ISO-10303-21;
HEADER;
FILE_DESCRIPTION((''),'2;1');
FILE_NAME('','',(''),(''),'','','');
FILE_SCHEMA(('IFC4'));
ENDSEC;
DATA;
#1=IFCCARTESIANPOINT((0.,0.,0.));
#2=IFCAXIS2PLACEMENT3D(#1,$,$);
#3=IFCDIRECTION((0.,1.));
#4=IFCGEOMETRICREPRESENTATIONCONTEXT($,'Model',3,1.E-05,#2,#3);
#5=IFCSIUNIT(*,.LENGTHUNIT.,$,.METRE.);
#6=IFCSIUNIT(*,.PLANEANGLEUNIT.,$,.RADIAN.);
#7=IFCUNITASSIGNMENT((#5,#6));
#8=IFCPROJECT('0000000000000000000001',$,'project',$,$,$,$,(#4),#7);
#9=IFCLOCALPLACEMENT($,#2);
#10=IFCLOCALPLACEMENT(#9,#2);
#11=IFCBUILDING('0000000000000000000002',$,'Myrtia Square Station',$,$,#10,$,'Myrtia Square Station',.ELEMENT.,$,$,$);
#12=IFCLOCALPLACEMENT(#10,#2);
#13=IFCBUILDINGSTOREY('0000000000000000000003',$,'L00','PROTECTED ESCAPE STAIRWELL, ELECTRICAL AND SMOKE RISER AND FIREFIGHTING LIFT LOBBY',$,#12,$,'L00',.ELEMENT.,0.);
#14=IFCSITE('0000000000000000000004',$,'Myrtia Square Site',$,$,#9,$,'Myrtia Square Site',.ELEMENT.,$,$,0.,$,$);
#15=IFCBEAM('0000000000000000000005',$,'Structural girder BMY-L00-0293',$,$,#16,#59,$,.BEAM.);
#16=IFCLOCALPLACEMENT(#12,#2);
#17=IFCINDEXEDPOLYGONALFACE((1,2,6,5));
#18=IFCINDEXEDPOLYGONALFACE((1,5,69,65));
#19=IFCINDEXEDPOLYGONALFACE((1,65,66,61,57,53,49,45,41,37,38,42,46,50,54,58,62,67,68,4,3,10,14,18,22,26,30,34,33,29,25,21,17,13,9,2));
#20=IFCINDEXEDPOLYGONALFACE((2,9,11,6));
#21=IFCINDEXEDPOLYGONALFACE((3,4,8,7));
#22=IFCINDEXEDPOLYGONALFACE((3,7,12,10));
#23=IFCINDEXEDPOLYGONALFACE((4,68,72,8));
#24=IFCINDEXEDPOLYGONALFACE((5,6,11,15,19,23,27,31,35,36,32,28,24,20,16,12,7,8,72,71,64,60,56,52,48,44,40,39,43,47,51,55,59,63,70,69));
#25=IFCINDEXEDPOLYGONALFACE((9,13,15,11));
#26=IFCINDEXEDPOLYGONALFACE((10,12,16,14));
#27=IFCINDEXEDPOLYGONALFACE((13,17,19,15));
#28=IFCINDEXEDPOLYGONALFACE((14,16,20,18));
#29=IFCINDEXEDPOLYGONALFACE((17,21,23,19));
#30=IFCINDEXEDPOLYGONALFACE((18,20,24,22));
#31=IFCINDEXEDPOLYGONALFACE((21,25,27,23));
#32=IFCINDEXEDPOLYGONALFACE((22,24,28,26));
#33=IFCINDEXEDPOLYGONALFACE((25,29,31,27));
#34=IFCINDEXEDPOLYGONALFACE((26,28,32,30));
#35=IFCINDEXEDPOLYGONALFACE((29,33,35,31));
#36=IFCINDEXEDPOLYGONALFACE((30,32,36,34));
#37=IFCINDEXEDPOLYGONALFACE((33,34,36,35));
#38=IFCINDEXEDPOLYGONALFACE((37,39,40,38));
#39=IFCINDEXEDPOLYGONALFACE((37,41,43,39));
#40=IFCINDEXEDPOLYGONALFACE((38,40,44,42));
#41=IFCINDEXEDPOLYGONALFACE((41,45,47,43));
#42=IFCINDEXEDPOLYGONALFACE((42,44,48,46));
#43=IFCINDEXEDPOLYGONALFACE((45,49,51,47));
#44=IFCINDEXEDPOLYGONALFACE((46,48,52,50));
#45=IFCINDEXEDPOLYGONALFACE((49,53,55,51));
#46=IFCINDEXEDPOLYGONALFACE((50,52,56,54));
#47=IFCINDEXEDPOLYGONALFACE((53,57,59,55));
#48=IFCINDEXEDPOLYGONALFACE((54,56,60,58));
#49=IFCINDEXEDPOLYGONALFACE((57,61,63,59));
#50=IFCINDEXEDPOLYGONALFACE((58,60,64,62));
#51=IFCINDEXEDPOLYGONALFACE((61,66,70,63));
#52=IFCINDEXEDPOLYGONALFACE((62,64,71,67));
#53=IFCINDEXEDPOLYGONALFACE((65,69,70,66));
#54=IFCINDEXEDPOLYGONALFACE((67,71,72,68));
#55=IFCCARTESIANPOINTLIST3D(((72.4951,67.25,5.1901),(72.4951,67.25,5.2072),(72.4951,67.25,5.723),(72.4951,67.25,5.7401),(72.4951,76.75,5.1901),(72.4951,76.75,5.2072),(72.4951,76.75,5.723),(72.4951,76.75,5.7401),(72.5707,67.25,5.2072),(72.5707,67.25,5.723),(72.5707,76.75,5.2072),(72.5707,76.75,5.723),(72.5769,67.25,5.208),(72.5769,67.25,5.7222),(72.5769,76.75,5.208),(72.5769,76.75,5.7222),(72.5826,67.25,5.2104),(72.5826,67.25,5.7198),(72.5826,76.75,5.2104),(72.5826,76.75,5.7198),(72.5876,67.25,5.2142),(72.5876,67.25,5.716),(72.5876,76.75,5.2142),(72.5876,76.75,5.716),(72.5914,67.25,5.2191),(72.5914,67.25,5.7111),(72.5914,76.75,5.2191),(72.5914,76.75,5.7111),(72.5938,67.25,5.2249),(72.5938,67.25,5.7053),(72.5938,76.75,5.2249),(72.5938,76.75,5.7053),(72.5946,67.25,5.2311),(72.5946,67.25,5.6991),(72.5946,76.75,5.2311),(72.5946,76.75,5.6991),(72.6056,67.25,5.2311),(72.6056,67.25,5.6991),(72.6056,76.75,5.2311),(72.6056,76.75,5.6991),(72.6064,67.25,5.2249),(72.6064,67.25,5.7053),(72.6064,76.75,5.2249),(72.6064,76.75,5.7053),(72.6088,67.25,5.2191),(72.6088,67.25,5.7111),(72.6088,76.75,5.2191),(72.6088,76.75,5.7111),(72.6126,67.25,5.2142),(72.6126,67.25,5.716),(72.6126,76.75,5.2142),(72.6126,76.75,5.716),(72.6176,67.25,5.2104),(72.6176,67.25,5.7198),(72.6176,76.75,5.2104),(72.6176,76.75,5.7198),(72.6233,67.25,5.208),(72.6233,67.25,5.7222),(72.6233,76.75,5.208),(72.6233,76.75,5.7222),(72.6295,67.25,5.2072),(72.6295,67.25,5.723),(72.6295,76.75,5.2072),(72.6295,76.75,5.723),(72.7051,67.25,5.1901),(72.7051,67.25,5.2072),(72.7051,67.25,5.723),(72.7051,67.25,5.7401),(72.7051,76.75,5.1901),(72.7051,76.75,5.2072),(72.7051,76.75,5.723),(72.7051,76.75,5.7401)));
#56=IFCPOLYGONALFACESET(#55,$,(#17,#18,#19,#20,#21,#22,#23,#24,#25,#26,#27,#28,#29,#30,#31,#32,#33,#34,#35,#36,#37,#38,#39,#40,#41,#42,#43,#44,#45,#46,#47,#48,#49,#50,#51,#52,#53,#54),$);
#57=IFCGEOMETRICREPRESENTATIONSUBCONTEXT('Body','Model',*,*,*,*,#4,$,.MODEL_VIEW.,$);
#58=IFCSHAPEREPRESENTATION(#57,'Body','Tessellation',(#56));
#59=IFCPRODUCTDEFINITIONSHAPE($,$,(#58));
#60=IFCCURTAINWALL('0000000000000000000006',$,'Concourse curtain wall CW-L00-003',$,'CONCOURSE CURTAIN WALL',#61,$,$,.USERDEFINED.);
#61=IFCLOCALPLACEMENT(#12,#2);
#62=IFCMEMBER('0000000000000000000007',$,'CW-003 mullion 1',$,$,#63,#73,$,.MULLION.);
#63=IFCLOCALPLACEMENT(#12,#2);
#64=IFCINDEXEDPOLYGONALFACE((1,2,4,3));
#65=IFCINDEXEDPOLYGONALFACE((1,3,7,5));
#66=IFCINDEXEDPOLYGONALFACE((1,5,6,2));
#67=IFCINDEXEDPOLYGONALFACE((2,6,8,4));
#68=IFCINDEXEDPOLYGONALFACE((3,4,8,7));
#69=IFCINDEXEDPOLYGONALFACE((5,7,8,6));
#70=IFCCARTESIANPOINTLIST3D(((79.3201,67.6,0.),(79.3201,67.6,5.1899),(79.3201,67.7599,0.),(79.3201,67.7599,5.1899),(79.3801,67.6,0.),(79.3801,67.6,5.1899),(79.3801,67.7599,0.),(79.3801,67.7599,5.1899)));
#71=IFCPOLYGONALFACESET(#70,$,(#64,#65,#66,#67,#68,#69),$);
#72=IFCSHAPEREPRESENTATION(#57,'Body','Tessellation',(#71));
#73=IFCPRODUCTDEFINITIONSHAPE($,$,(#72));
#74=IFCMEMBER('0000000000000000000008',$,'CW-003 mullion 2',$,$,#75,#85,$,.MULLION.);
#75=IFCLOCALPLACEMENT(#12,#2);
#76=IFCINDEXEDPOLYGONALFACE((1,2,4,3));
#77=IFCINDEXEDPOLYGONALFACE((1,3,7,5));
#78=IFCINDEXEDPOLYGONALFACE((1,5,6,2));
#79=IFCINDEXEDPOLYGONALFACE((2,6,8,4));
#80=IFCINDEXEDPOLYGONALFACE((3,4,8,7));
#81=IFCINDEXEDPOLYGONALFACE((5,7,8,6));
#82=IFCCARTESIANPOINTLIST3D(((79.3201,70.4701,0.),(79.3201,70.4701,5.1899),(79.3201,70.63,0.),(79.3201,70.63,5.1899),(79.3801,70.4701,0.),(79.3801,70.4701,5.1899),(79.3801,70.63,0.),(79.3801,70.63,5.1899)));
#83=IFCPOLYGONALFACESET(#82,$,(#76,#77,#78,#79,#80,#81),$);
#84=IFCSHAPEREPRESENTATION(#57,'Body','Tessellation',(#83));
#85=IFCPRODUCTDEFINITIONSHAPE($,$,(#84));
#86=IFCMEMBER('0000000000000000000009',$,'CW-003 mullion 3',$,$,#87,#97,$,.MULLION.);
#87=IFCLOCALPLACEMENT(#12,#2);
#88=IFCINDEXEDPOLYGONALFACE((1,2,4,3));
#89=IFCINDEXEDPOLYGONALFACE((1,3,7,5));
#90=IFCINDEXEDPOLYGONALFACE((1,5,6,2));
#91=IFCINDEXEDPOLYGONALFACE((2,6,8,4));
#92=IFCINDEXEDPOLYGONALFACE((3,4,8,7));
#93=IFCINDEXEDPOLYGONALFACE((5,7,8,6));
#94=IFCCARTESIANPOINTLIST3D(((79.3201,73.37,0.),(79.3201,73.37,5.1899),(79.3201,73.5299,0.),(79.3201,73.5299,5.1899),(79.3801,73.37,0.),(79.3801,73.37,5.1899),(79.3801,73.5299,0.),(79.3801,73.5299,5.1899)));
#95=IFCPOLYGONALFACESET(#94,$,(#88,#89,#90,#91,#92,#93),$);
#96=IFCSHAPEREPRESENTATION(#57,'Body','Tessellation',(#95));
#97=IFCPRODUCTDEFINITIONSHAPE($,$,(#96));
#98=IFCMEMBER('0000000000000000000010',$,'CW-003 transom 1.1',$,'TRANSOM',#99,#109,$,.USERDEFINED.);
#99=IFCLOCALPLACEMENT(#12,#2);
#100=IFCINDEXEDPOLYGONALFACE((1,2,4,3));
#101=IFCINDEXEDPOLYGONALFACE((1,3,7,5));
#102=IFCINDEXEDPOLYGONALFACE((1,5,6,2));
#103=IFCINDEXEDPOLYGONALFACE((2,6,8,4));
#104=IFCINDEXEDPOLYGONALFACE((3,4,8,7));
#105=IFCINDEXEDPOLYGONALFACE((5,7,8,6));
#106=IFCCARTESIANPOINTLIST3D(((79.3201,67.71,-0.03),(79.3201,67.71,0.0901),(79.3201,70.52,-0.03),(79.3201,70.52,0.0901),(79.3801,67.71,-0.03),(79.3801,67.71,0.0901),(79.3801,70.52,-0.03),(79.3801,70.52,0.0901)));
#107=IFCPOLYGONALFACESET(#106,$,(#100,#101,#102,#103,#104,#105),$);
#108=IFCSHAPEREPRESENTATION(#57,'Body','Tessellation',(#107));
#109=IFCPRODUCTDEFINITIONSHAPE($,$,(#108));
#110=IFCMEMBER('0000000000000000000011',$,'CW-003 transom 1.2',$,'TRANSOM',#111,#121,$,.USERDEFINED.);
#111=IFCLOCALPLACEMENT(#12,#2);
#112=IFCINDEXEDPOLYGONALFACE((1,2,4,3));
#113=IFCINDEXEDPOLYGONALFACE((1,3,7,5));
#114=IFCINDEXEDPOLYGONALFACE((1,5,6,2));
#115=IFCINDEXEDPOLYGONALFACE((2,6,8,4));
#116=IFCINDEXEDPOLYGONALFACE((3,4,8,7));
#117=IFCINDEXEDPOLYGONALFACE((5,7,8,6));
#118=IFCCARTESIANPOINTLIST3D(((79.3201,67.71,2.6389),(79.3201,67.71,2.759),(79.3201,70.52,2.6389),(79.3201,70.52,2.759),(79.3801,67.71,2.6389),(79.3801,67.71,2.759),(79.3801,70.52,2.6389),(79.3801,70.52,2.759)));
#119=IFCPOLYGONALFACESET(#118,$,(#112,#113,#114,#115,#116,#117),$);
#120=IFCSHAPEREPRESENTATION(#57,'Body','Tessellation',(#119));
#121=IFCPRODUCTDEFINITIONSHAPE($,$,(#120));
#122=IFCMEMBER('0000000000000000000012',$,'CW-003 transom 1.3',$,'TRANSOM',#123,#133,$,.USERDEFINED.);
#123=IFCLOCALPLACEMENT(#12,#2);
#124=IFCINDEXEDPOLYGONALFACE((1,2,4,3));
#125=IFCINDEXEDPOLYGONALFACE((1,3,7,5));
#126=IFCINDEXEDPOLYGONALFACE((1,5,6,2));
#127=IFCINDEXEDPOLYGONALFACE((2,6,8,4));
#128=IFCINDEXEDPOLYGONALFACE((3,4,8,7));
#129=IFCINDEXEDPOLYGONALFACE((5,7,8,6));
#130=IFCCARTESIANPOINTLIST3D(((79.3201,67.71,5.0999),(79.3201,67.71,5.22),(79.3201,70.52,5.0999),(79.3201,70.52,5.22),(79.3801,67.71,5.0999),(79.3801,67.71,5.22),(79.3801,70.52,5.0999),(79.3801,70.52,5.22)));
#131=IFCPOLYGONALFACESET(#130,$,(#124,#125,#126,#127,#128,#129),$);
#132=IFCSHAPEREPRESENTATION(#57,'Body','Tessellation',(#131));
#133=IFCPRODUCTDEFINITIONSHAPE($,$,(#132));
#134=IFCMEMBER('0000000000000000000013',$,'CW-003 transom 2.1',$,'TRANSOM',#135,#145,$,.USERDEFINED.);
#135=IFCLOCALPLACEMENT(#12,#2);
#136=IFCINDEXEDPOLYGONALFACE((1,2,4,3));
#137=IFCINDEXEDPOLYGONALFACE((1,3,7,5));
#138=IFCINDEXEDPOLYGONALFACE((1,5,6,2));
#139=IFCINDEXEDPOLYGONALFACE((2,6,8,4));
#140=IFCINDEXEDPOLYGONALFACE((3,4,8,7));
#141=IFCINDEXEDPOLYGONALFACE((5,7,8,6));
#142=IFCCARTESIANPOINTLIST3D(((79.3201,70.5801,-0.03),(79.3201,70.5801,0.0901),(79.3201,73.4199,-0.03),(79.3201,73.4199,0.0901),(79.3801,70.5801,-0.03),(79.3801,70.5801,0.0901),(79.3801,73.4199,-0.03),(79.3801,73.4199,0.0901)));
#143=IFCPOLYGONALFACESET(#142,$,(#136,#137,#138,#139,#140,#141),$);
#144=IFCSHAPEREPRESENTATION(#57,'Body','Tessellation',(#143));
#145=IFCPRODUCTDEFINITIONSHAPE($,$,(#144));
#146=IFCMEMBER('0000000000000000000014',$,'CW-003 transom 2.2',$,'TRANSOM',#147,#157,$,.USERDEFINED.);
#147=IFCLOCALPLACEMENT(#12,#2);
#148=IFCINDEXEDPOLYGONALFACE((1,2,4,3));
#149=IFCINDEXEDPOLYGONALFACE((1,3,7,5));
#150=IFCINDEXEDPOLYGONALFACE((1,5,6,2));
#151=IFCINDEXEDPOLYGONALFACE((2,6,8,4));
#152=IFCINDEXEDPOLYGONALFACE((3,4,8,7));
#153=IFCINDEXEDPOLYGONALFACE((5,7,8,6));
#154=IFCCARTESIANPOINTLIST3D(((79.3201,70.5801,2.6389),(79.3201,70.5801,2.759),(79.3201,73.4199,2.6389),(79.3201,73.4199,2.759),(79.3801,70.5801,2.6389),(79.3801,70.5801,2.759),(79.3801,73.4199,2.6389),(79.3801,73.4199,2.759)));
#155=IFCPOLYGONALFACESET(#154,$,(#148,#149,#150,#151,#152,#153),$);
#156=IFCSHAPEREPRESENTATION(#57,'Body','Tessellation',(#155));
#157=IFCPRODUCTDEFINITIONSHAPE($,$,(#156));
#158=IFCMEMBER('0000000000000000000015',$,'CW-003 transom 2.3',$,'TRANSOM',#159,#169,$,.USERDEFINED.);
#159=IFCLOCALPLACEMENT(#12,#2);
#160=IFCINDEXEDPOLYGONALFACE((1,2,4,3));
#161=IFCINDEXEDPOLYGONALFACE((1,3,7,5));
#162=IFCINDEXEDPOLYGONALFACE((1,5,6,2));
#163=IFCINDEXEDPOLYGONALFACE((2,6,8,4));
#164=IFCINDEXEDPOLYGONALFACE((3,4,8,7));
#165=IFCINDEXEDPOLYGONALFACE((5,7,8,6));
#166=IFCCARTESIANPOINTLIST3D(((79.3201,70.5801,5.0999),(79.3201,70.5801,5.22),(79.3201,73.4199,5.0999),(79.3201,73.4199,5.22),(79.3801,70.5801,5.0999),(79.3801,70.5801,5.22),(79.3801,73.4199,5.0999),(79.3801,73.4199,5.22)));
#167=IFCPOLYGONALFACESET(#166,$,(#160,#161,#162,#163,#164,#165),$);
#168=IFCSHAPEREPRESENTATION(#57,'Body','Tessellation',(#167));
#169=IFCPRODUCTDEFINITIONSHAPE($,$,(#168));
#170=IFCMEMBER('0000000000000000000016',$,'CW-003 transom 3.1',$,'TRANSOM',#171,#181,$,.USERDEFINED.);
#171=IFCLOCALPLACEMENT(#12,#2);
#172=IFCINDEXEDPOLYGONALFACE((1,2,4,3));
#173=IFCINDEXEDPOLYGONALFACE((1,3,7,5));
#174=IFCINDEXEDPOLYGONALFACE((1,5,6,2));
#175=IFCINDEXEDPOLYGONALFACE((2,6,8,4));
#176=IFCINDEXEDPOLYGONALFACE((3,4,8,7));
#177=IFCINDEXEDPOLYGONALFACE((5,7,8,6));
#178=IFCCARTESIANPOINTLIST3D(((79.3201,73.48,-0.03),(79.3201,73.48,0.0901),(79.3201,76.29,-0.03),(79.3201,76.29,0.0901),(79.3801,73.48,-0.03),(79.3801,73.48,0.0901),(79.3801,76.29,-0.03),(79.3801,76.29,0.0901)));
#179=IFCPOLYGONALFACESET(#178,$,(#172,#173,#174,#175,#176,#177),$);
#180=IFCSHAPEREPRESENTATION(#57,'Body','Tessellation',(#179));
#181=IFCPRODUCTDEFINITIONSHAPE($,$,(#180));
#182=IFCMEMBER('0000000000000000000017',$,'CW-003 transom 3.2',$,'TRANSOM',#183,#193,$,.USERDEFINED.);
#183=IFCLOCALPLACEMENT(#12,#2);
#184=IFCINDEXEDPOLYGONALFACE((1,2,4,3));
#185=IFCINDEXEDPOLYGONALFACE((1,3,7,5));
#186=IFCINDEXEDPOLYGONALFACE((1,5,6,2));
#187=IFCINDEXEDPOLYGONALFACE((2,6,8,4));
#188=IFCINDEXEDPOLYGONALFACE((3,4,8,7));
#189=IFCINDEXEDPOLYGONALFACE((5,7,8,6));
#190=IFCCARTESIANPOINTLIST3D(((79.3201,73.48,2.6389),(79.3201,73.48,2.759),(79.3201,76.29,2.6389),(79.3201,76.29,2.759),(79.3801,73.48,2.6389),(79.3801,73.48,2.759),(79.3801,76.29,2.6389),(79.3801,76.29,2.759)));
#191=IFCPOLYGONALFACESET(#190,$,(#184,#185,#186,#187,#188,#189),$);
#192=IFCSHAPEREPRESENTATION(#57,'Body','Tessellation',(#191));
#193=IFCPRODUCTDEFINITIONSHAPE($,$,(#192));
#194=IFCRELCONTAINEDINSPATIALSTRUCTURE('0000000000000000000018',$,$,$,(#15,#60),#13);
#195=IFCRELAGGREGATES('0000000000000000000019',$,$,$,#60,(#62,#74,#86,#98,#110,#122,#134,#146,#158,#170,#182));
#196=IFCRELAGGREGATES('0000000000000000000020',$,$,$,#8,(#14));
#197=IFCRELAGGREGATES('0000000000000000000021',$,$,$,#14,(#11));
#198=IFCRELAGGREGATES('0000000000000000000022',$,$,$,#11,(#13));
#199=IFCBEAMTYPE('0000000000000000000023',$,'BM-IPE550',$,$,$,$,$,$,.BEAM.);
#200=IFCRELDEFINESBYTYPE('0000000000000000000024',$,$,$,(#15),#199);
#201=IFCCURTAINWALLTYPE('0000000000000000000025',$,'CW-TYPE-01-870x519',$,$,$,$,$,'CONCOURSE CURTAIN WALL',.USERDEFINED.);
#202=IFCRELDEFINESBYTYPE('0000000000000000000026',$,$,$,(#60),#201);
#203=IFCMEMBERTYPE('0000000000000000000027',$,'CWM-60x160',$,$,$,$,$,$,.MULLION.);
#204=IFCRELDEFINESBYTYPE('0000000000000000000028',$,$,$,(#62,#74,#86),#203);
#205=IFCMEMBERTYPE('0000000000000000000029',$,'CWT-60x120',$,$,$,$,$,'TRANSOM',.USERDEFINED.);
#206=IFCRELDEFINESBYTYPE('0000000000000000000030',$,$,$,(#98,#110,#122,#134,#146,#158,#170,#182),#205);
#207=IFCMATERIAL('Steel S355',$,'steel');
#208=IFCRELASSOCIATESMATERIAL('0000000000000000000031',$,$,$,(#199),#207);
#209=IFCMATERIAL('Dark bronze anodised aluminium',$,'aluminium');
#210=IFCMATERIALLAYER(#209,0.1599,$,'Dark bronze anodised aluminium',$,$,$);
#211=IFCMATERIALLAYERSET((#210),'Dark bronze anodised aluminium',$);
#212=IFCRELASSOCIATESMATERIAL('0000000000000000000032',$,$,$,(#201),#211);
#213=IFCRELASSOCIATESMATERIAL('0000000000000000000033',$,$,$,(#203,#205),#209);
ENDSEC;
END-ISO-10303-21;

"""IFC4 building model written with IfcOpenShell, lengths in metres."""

from ifc_helpers import new_model, si_unit, direction, frame, origin, origin_2d, place, context, subcontext, project, spatial, rectangle, i_section, extrude, material, layer, layer_set, material_profile, profile_set, type_object, element, aggregate, save


model = new_model("IFC4")

# Units and contexts
model_context = context("Model", 3, precision=1e-05, world=origin(), true_north=direction((0.0, 1.0)))
body_context = subcontext(model_context, "Body", "Model", "MODEL_VIEW")
ifc_project = project(units=[si_unit("LENGTHUNIT", "METRE"), si_unit("PLANEANGLEUNIT", "RADIAN")], contexts=[model_context])

# Site, building, storey
site_placement = place(None, origin())
site = spatial("IfcSite", under=ifc_project, at=site_placement, Name="Myrtia Square Site", LongName="Myrtia Square Site", CompositionType="ELEMENT", RefElevation=0.0)
building_placement = place(site_placement, origin())
building = spatial("IfcBuilding", under=site, at=building_placement, Name="Myrtia Square Station", LongName="Myrtia Square Station", CompositionType="ELEMENT")
storey_placement = place(building_placement, origin())
storey = spatial("IfcBuildingStorey", under=building, at=storey_placement, Name="L00", Description="PROTECTED ESCAPE STAIRWELL, ELECTRICAL AND SMOKE RISER AND FIREFIGHTING LIFT LOBBY", LongName="L00", CompositionType="ELEMENT", Elevation=0.0)

# Shared definitions
ifc_material_1 = material(Name="Steel S355", Category="steel")

# Beam
ifc_material_profile_1 = material_profile(ifc_material_1, i_section(OverallWidth=0.21, OverallDepth=0.55, WebThickness=0.011, FlangeThickness=0.0171, FilletRadius=0.0239, at=origin_2d()), Name="IPE 550")
ifc_profile_set_1 = profile_set([ifc_material_profile_1], Name="Steel S355")
beam_type_1 = type_object("IfcBeamType", Name="BM-IPE550", PredefinedType="BEAM", material=ifc_profile_set_1)
beam_1_placement = place(storey_placement, frame((72.6001, 67.25, 5.4651), z_axis=(0.0, 1.0, 0.0), x_axis=(-1.0, 0.0, 0.0)))
element("IfcBeam", 1, at=beam_1_placement, inside=storey, type_object=beam_type_1, Name="Structural girder BMY-L00-0293", PredefinedType="BEAM", context=body_context, shape_type="SweptSolid", body=[
    extrude(i_section(OverallWidth=0.21, OverallDepth=0.55, WebThickness=0.011, FlangeThickness=0.0171, FilletRadius=0.0239, at=origin_2d()), origin(), (0.0, 0.0, 1.0), 9.5),
])

# Curtain wall, members
ifc_material_2 = material(Name="Dark bronze anodised aluminium", Category="aluminium")
ifc_layer_1 = layer(ifc_material_2, 0.1599, Name="Dark bronze anodised aluminium")
ifc_layer_set_1 = layer_set([ifc_layer_1], Name="Dark bronze anodised aluminium")
curtain_wall_type = type_object("IfcCurtainWallType", Name="CW-TYPE-01-870x519", ElementType="CONCOURSE CURTAIN WALL", PredefinedType="USERDEFINED", material=ifc_layer_set_1)
curtain_wall_placement = place(storey_placement, origin())
curtain_wall = element("IfcCurtainWall", 2, at=curtain_wall_placement, inside=storey, type_object=curtain_wall_type, Name="Concourse curtain wall CW-L00-003", ObjectType="CONCOURSE CURTAIN WALL", PredefinedType="USERDEFINED")
ifc_material_profile_2 = material_profile(ifc_material_2, rectangle(XDim=0.0601, YDim=0.1599, at=origin_2d()), Name="ALU-M 60x160")
ifc_profile_set_2 = profile_set([ifc_material_profile_2], Name="Dark bronze anodised aluminium")
member_type_1 = type_object("IfcMemberType", Name="CWM-60x160", PredefinedType="MULLION", material=ifc_profile_set_2)
member_1_placement = place(storey_placement, frame((79.3501, 67.6799, 0.0), z_axis=(0.0, 0.0, 1.0), x_axis=(-1.0, 0.0, 0.0)))
member_1 = element("IfcMember", 3, at=member_1_placement, type_object=member_type_1, Name="CW-003 mullion 1", PredefinedType="MULLION", context=body_context, shape_type="SweptSolid", body=[
    extrude(rectangle(XDim=0.0601, YDim=0.1599, at=origin_2d()), origin(), (0.0, 0.0, 1.0), 5.1899),
])
member_2_placement = place(storey_placement, frame((79.3501, 70.55, 0.0), z_axis=(0.0, 0.0, 1.0), x_axis=(-1.0, 0.0, 0.0)))
member_2 = element("IfcMember", 4, at=member_2_placement, type_object=member_type_1, Name="CW-003 mullion 2", PredefinedType="MULLION", context=body_context, shape_type="SweptSolid", body=[
    extrude(rectangle(XDim=0.0601, YDim=0.1599, at=origin_2d()), origin(), (0.0, 0.0, 1.0), 5.1899),
])
member_3_placement = place(storey_placement, frame((79.3501, 73.45, 0.0), z_axis=(0.0, 0.0, 1.0), x_axis=(-1.0, 0.0, 0.0)))
member_3 = element("IfcMember", 5, at=member_3_placement, type_object=member_type_1, Name="CW-003 mullion 3", PredefinedType="MULLION", context=body_context, shape_type="SweptSolid", body=[
    extrude(rectangle(XDim=0.0601, YDim=0.1599, at=origin_2d()), origin(), (0.0, 0.0, 1.0), 5.1899),
])
ifc_material_profile_3 = material_profile(ifc_material_2, rectangle(XDim=0.0601, YDim=0.1201, at=origin_2d()), Name="ALU-T 60x120")
ifc_profile_set_3 = profile_set([ifc_material_profile_3], Name="Dark bronze anodised aluminium")
member_type_2 = type_object("IfcMemberType", Name="CWT-60x120", ElementType="TRANSOM", PredefinedType="USERDEFINED", material=ifc_profile_set_3)
member_4_placement = place(storey_placement, frame((79.3501, 67.71, 0.03), z_axis=(0.0, 1.0, 0.0), x_axis=(-1.0, 0.0, 0.0)))
member_4 = element("IfcMember", 6, at=member_4_placement, type_object=member_type_2, Name="CW-003 transom 1.1", ObjectType="TRANSOM", PredefinedType="USERDEFINED", context=body_context, shape_type="SweptSolid", body=[
    extrude(rectangle(XDim=0.0601, YDim=0.1201, at=origin_2d()), origin(), (0.0, 0.0, 1.0), 2.8101),
])
member_5_placement = place(storey_placement, frame((79.3501, 67.71, 2.699), z_axis=(0.0, 1.0, 0.0), x_axis=(-1.0, 0.0, 0.0)))
member_5 = element("IfcMember", 7, at=member_5_placement, type_object=member_type_2, Name="CW-003 transom 1.2", ObjectType="TRANSOM", PredefinedType="USERDEFINED", context=body_context, shape_type="SweptSolid", body=[
    extrude(rectangle(XDim=0.0601, YDim=0.1201, at=origin_2d()), origin(), (0.0, 0.0, 1.0), 2.8101),
])
member_6_placement = place(storey_placement, frame((79.3501, 67.71, 5.1599), z_axis=(0.0, 1.0, 0.0), x_axis=(-1.0, 0.0, 0.0)))
member_6 = element("IfcMember", 8, at=member_6_placement, type_object=member_type_2, Name="CW-003 transom 1.3", ObjectType="TRANSOM", PredefinedType="USERDEFINED", context=body_context, shape_type="SweptSolid", body=[
    extrude(rectangle(XDim=0.0601, YDim=0.1201, at=origin_2d()), origin(), (0.0, 0.0, 1.0), 2.8101),
])
member_7_placement = place(storey_placement, frame((79.3501, 70.5801, 0.03), z_axis=(0.0, 1.0, 0.0), x_axis=(-1.0, 0.0, 0.0)))
member_7 = element("IfcMember", 9, at=member_7_placement, type_object=member_type_2, Name="CW-003 transom 2.1", ObjectType="TRANSOM", PredefinedType="USERDEFINED", context=body_context, shape_type="SweptSolid", body=[
    extrude(rectangle(XDim=0.0601, YDim=0.1201, at=origin_2d()), origin(), (0.0, 0.0, 1.0), 2.8398),
])
member_8_placement = place(storey_placement, frame((79.3501, 70.5801, 2.699), z_axis=(0.0, 1.0, 0.0), x_axis=(-1.0, 0.0, 0.0)))
member_8 = element("IfcMember", 10, at=member_8_placement, type_object=member_type_2, Name="CW-003 transom 2.2", ObjectType="TRANSOM", PredefinedType="USERDEFINED", context=body_context, shape_type="SweptSolid", body=[
    extrude(rectangle(XDim=0.0601, YDim=0.1201, at=origin_2d()), origin(), (0.0, 0.0, 1.0), 2.8398),
])
member_9_placement = place(storey_placement, frame((79.3501, 70.5801, 5.1599), z_axis=(0.0, 1.0, 0.0), x_axis=(-1.0, 0.0, 0.0)))
member_9 = element("IfcMember", 11, at=member_9_placement, type_object=member_type_2, Name="CW-003 transom 2.3", ObjectType="TRANSOM", PredefinedType="USERDEFINED", context=body_context, shape_type="SweptSolid", body=[
    extrude(rectangle(XDim=0.0601, YDim=0.1201, at=origin_2d()), origin(), (0.0, 0.0, 1.0), 2.8398),
])
member_10_placement = place(storey_placement, frame((79.3501, 73.48, 0.03), z_axis=(0.0, 1.0, 0.0), x_axis=(-1.0, 0.0, 0.0)))
member_10 = element("IfcMember", 12, at=member_10_placement, type_object=member_type_2, Name="CW-003 transom 3.1", ObjectType="TRANSOM", PredefinedType="USERDEFINED", context=body_context, shape_type="SweptSolid", body=[
    extrude(rectangle(XDim=0.0601, YDim=0.1201, at=origin_2d()), origin(), (0.0, 0.0, 1.0), 2.8101),
])
member_11_placement = place(storey_placement, frame((79.3501, 73.48, 2.699), z_axis=(0.0, 1.0, 0.0), x_axis=(-1.0, 0.0, 0.0)))
member_11 = element("IfcMember", 13, at=member_11_placement, type_object=member_type_2, Name="CW-003 transom 3.2", ObjectType="TRANSOM", PredefinedType="USERDEFINED", context=body_context, shape_type="SweptSolid", body=[
    extrude(rectangle(XDim=0.0601, YDim=0.1201, at=origin_2d()), origin(), (0.0, 0.0, 1.0), 2.8101),
])

aggregate(curtain_wall, [member_1, member_2, member_3, member_4, member_5, member_6, member_7, member_8, member_9, member_10, member_11])

save(model, "model.ifc")
